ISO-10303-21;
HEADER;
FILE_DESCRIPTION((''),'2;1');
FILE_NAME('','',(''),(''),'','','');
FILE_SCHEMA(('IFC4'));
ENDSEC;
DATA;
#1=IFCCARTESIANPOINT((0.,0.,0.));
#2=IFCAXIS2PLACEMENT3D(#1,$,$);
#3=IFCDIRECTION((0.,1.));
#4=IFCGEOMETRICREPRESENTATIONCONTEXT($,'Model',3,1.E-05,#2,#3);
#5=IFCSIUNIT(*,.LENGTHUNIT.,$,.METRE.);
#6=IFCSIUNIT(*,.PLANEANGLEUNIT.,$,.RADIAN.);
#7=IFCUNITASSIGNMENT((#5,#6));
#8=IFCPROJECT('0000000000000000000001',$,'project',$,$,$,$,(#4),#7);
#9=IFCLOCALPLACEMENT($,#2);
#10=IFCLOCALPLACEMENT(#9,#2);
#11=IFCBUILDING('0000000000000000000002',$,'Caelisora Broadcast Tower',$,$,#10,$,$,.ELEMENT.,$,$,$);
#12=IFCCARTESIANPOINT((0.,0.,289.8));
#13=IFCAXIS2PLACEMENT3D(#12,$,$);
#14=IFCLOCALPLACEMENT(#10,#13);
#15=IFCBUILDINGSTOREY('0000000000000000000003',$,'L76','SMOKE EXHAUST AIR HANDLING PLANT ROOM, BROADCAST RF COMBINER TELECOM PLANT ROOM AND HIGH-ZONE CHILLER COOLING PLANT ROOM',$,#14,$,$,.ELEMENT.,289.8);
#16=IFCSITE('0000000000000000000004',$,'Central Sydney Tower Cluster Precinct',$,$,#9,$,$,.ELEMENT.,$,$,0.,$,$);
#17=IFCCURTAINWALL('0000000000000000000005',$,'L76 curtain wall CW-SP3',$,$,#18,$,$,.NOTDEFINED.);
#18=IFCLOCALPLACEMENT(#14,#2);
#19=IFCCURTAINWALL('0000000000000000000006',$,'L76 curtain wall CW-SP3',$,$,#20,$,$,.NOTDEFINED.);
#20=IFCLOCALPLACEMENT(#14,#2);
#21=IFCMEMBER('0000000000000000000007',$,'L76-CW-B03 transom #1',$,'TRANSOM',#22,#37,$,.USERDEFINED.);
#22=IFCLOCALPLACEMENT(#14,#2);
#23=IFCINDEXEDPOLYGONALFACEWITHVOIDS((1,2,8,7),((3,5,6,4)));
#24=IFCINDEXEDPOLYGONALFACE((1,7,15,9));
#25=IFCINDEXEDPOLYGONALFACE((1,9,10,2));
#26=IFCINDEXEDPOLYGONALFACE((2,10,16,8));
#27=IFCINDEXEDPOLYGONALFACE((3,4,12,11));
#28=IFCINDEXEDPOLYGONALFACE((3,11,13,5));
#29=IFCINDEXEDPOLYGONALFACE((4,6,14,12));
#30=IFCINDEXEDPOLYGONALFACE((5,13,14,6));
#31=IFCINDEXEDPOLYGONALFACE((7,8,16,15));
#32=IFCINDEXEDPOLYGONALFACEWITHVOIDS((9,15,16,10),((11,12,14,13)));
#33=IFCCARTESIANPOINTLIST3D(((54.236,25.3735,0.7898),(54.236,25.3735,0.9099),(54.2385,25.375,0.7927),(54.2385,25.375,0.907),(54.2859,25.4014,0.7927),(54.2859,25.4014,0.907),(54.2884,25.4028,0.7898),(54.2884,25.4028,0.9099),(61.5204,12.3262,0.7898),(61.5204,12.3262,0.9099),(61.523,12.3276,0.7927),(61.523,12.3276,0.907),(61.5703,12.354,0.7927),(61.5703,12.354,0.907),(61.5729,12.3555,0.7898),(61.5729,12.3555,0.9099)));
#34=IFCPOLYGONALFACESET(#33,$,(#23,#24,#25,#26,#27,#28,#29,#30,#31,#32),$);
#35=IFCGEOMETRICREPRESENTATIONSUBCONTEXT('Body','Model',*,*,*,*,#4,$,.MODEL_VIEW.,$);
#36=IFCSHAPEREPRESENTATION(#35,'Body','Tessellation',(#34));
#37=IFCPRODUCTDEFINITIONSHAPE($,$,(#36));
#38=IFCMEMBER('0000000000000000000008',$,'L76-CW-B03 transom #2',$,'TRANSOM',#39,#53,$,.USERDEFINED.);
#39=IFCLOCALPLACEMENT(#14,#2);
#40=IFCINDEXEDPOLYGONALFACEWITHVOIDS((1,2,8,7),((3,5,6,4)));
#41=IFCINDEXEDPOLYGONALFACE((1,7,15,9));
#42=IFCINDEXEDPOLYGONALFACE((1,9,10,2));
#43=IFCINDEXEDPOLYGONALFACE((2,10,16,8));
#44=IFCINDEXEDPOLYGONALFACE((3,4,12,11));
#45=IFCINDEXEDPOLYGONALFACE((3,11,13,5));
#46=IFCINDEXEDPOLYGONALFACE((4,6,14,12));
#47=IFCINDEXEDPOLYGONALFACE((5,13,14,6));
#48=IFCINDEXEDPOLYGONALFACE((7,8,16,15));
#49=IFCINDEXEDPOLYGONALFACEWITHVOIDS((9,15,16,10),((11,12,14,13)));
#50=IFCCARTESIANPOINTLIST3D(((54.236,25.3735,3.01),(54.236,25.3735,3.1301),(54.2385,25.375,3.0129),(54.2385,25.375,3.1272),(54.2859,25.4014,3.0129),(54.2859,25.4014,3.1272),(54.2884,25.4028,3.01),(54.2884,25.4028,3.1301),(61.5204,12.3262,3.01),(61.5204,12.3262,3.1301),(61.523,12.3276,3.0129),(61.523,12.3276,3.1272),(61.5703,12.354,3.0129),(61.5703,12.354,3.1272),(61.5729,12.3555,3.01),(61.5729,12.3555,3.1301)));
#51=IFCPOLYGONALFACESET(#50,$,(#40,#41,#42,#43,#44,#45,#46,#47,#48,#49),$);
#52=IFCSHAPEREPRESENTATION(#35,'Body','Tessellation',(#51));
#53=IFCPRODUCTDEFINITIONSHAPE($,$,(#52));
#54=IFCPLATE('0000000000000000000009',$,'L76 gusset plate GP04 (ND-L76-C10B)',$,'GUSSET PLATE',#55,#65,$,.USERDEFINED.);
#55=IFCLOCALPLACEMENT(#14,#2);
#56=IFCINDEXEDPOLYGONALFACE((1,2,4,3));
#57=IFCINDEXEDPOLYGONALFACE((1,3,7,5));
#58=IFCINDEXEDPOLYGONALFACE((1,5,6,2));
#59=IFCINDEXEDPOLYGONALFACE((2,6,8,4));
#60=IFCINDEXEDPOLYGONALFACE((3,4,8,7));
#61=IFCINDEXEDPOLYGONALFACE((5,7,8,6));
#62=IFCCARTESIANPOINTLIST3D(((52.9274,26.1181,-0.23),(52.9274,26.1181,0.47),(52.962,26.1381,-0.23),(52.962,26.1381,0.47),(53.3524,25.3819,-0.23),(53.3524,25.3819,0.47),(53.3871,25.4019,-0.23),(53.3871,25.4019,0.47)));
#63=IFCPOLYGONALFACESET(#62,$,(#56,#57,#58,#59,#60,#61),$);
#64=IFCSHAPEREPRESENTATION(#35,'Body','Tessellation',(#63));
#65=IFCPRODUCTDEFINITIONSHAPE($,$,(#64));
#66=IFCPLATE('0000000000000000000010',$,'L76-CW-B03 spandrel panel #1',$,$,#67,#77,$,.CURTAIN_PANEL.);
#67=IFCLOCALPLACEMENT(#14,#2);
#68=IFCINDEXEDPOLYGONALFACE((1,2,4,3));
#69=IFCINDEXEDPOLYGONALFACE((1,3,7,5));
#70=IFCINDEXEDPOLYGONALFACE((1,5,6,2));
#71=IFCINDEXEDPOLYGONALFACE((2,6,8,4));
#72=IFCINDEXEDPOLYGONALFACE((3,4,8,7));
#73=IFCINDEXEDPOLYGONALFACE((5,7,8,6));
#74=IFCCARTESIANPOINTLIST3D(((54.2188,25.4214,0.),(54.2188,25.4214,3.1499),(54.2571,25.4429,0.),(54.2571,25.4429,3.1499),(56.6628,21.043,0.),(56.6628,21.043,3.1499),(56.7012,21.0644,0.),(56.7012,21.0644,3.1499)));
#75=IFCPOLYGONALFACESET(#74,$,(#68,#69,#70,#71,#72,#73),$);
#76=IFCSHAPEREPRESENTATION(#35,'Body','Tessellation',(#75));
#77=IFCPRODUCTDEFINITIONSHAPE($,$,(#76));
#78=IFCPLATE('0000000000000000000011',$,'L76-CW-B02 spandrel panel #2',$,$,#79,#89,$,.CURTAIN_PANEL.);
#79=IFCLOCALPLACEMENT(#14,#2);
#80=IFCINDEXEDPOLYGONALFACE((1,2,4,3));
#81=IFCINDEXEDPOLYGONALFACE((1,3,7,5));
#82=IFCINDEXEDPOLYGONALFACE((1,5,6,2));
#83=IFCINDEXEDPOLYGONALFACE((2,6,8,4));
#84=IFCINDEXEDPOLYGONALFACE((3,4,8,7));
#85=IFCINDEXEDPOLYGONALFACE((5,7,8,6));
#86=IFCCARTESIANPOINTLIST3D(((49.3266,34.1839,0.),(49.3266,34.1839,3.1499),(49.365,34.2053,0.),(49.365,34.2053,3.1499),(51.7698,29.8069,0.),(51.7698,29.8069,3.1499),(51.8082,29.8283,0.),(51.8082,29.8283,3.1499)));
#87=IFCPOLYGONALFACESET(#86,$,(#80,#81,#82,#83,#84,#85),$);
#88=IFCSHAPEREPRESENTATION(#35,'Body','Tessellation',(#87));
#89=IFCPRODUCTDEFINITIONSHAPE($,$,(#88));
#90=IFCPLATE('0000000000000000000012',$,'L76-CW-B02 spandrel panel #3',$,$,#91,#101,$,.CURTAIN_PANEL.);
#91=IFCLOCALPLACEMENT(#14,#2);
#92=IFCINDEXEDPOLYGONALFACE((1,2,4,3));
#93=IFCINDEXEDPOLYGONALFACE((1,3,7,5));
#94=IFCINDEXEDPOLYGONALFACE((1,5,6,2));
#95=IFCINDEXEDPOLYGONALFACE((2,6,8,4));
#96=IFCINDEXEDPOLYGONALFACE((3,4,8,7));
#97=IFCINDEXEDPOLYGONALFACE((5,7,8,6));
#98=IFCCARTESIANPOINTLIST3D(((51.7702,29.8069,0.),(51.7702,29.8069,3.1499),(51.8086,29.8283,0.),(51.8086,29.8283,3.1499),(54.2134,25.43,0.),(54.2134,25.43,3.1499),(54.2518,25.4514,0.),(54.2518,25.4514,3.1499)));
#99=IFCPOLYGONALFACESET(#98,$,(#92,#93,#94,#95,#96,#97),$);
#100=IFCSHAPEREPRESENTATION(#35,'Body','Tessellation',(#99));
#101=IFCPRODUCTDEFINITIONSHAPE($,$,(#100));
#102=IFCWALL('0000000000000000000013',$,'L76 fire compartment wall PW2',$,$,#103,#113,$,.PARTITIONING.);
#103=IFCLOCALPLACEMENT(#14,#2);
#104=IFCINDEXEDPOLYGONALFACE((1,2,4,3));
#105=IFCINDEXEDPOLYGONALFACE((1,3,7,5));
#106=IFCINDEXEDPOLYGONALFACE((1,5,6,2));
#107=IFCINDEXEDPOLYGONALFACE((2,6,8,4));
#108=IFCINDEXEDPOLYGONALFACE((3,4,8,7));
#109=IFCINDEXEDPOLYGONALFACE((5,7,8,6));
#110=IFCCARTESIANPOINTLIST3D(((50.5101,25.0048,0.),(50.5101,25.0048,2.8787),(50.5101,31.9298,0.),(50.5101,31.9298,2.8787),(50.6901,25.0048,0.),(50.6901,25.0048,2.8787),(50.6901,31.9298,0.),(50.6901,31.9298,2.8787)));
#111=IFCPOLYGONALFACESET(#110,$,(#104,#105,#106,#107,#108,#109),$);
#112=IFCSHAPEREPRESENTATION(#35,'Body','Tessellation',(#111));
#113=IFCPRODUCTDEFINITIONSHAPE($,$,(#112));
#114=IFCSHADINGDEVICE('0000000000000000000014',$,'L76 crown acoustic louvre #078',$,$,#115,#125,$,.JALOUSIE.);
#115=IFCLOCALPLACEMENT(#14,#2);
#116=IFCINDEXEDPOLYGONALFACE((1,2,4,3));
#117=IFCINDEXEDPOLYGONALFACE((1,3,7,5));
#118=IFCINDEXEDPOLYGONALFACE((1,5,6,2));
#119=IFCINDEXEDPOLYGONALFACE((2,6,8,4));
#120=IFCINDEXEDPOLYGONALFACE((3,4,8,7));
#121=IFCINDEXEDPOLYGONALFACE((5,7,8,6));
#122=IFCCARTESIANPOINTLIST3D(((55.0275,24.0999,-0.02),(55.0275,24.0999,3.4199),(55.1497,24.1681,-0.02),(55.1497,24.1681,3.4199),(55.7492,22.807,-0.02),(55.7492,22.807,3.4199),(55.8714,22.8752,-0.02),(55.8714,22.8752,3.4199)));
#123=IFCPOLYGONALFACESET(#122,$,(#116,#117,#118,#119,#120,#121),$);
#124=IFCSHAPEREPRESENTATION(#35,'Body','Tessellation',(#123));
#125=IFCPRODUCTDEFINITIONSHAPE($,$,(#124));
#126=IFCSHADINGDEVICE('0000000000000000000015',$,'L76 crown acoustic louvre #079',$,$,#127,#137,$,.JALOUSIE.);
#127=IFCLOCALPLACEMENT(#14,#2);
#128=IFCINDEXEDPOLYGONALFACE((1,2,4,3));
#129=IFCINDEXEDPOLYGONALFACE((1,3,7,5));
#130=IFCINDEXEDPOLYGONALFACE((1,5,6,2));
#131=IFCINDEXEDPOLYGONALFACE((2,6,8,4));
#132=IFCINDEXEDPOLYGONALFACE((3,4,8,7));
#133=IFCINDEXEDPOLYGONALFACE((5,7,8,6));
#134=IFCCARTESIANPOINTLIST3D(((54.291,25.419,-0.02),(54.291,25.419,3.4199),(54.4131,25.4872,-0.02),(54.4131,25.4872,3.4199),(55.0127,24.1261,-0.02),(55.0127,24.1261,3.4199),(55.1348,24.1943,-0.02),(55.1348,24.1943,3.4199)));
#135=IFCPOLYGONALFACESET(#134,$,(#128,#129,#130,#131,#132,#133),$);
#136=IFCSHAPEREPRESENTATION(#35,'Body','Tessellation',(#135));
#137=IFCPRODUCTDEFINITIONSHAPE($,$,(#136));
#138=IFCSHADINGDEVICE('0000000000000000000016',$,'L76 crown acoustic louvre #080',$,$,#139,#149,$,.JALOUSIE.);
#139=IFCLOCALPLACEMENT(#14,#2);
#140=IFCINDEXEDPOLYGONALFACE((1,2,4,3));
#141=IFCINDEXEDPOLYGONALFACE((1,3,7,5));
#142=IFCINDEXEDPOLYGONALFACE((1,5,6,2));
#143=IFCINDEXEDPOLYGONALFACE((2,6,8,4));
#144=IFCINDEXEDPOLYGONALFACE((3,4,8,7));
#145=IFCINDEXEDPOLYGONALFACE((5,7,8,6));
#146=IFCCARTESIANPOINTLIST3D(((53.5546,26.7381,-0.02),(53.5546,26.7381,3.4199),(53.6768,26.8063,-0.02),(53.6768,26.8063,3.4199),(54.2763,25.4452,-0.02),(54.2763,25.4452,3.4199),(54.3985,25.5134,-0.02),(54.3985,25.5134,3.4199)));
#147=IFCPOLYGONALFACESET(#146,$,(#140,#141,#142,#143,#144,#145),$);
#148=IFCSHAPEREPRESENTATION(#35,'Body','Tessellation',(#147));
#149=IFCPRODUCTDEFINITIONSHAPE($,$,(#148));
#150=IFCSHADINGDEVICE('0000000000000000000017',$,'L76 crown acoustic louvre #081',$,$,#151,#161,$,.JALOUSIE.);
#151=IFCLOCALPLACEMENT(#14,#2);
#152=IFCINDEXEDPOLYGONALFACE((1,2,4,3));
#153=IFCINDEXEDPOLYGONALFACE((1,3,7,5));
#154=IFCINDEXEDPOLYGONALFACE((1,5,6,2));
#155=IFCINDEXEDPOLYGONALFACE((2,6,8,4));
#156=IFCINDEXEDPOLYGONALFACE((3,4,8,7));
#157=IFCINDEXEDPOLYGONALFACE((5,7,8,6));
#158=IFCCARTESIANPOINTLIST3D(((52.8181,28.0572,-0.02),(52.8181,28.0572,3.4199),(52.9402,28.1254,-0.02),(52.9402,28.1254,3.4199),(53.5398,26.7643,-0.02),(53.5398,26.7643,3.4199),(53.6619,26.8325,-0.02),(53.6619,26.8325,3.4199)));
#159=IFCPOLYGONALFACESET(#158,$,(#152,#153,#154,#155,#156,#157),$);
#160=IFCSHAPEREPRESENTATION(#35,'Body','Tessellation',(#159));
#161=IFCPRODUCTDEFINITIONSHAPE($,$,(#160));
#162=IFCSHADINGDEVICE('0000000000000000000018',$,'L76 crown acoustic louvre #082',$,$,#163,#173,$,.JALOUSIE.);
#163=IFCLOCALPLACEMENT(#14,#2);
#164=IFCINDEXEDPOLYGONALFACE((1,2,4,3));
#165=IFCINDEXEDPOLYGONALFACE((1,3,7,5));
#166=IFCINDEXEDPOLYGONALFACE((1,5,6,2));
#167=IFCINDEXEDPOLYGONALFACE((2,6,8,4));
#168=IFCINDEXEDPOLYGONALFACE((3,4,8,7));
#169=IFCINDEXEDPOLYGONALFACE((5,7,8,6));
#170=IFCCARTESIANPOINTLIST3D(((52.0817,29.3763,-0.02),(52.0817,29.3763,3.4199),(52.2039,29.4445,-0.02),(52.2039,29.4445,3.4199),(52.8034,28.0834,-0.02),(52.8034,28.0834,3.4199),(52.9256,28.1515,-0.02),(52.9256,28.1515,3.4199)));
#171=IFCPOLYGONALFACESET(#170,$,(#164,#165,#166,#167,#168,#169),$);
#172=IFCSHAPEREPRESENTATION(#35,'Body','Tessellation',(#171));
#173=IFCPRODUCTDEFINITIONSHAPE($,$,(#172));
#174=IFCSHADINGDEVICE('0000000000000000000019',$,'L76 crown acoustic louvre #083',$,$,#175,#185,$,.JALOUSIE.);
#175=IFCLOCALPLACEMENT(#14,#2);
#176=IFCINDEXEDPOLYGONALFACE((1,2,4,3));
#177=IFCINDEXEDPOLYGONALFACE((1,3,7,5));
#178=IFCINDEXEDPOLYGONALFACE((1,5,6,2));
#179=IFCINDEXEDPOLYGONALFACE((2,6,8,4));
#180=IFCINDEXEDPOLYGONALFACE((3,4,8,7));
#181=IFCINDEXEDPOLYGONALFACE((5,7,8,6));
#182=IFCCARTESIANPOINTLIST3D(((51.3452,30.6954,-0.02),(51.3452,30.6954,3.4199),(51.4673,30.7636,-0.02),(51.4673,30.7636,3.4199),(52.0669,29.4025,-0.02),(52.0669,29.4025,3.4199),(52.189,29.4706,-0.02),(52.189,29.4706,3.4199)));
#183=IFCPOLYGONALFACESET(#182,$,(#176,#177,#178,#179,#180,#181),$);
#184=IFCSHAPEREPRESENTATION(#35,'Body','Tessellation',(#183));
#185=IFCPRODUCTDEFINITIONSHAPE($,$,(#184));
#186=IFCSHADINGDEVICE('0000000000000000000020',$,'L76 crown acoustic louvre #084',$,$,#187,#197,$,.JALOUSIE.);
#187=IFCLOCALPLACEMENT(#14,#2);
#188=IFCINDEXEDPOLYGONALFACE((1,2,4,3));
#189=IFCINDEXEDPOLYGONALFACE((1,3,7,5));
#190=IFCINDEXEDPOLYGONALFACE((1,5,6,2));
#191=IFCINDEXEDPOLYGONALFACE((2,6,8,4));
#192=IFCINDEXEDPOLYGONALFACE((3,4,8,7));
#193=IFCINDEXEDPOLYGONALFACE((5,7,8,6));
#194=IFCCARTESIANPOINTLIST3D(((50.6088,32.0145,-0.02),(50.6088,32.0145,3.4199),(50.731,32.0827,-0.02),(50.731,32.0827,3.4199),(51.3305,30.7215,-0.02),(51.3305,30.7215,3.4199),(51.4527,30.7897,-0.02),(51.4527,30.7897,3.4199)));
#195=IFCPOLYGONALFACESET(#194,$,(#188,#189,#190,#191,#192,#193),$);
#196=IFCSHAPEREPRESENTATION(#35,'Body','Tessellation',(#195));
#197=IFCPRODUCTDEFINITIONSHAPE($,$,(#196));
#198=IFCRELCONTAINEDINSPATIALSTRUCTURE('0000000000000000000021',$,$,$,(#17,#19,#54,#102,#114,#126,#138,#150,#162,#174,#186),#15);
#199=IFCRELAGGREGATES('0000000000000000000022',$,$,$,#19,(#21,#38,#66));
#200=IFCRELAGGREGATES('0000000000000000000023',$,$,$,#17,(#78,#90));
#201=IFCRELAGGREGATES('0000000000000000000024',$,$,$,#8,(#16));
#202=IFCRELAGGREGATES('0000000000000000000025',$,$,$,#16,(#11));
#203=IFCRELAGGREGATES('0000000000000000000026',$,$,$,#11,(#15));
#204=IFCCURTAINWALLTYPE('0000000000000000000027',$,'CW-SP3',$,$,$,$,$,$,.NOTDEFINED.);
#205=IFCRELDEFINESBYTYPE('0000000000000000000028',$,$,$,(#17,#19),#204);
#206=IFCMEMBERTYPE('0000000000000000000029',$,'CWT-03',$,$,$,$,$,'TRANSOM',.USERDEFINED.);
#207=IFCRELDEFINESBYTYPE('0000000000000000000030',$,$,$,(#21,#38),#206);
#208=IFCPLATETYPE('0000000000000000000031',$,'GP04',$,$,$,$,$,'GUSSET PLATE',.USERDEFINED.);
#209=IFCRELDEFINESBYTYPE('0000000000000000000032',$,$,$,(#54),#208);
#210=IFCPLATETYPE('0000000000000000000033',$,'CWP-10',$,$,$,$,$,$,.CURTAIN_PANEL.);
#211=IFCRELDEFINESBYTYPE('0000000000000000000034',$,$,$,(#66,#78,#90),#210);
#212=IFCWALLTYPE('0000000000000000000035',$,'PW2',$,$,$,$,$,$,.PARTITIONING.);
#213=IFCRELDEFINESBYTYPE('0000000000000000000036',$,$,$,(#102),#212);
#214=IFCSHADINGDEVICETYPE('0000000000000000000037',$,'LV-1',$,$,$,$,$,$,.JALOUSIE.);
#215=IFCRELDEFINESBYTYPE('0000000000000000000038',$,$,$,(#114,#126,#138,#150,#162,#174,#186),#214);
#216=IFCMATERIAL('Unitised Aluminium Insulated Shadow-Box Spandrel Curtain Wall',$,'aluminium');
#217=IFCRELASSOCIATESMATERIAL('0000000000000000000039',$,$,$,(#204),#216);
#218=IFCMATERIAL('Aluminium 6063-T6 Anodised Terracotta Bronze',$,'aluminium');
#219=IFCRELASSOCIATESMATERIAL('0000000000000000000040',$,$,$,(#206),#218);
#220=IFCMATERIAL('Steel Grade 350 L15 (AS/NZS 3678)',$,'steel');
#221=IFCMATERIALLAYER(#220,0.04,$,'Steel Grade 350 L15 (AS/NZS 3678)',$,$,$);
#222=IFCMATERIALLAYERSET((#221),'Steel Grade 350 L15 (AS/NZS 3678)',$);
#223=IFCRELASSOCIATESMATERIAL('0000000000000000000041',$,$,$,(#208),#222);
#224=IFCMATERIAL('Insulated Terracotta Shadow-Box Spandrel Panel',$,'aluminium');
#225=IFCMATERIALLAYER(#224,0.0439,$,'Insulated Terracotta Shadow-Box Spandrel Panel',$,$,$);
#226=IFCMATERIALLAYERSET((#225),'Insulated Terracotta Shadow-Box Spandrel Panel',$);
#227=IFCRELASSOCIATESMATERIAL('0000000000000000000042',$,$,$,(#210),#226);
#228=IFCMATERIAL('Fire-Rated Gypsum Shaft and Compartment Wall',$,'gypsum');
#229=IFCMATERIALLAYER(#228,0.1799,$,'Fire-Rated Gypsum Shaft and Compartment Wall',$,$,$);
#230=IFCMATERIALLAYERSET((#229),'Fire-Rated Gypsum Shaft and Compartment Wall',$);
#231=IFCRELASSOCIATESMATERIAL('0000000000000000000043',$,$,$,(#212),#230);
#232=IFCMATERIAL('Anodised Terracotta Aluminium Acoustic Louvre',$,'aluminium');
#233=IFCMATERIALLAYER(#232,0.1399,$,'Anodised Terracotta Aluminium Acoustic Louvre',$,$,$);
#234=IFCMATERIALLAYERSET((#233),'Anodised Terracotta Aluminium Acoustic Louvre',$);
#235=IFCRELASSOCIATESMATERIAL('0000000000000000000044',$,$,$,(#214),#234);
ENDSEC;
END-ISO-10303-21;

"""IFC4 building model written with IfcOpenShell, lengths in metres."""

from ifc_helpers import new_model, si_unit, direction, frame, frame_2d, origin, origin_2d, place, context, subcontext, project, spatial, rectangle, hollow_rectangle, extrude, source, transform, mapped, material, layer, layer_set, material_profile, profile_set, type_object, type_shapes, element, aggregate, save


model = new_model("IFC4")

# Units and contexts
model_context = context("Model", 3, precision=1e-05, world=origin(), true_north=direction((0.0, 1.0)))
body_context = subcontext(model_context, "Body", "Model", "MODEL_VIEW")
ifc_project = project(units=[si_unit("LENGTHUNIT", "METRE"), si_unit("PLANEANGLEUNIT", "RADIAN")], contexts=[model_context])

# Site, building, storey
site_placement = place(None, origin())
site = spatial("IfcSite", under=ifc_project, at=site_placement, Name="Central Sydney Tower Cluster Precinct", CompositionType="ELEMENT", RefElevation=0.0)
building_placement = place(site_placement, origin())
building = spatial("IfcBuilding", under=site, at=building_placement, Name="Caelisora Broadcast Tower", CompositionType="ELEMENT")
storey_placement = place(building_placement, frame((0.0, 0.0, 289.8)))
storey = spatial("IfcBuildingStorey", under=building, at=storey_placement, Name="L76", Description="SMOKE EXHAUST AIR HANDLING PLANT ROOM, BROADCAST RF COMBINER TELECOM PLANT ROOM AND HIGH-ZONE CHILLER COOLING PLANT ROOM", CompositionType="ELEMENT", Elevation=289.8)

# Curtain walls, members
ifc_material_1 = material(Name="Unitised Aluminium Insulated Shadow-Box Spandrel Curtain Wall", Category="aluminium")
curtain_wall_type = type_object("IfcCurtainWallType", Name="CW-SP3", PredefinedType="NOTDEFINED", material=ifc_material_1)
curtain_wall_1_placement = place(storey_placement, origin())
curtain_wall_1 = element("IfcCurtainWall", 1, at=curtain_wall_1_placement, inside=storey, type_object=curtain_wall_type, Name="L76 curtain wall CW-SP3", PredefinedType="NOTDEFINED")
ifc_material_2 = material(Name="Aluminium 6063-T6 Anodised Terracotta Bronze", Category="aluminium")
curtain_wall_2_placement = place(storey_placement, origin())
curtain_wall_2 = element("IfcCurtainWall", 2, at=curtain_wall_2_placement, inside=storey, type_object=curtain_wall_type, Name="L76 curtain wall CW-SP3", PredefinedType="NOTDEFINED")
ifc_material_profile_1 = material_profile(ifc_material_2, hollow_rectangle(XDim=0.0601, YDim=0.1201, WallThickness=0.0029, at=origin_2d()), Name="Aluminium 6063-T6 Anodised Terracotta Bronze")
ifc_profile_set_1 = profile_set([ifc_material_profile_1], Name="Aluminium 6063-T6 Anodised Terracotta Bronze")
member_type_1 = type_object("IfcMemberType", Name="CWT-03", ElementType="TRANSOM", PredefinedType="USERDEFINED", material=ifc_profile_set_1)
shared_shape_1 = source(origin(), body_context, "Body", "SweptSolid", [
    extrude(hollow_rectangle(XDim=0.0601, YDim=0.1201, WallThickness=0.0029, at=origin_2d()), origin(), (0.0, 0.0, 1.0), 14.9431),
])
type_shapes(member_type_1, [shared_shape_1])
member_1_placement = place(storey_placement, frame((54.2622, 25.3882, 0.8499), z_axis=(0.487477, -0.873136, 0.0), x_axis=(0.873136, 0.487477, 0.0)))
member_1 = element("IfcMember", 3, at=member_1_placement, type_object=member_type_1, Name="L76-CW-B03 transom #1", ObjectType="TRANSOM", PredefinedType="USERDEFINED", context=body_context, shape_type="MappedRepresentation", body=[
    mapped(shared_shape_1, transform((0.0, 0.0, 0.0), scale=1.0)),
])
member_2_placement = place(storey_placement, frame((54.2622, 25.3882, 3.0701), z_axis=(0.487477, -0.873136, 0.0), x_axis=(0.873136, 0.487477, 0.0)))
member_2 = element("IfcMember", 4, at=member_2_placement, type_object=member_type_1, Name="L76-CW-B03 transom #2", ObjectType="TRANSOM", PredefinedType="USERDEFINED", context=body_context, shape_type="MappedRepresentation", body=[
    mapped(shared_shape_1, transform((0.0, 0.0, 0.0), scale=1.0)),
])

# Plates
ifc_material_3 = material(Name="Steel Grade 350 L15 (AS/NZS 3678)", Category="steel")
ifc_layer_1 = layer(ifc_material_3, 0.04, Name="Steel Grade 350 L15 (AS/NZS 3678)")
ifc_layer_set_1 = layer_set([ifc_layer_1], Name="Steel Grade 350 L15 (AS/NZS 3678)")
plate_type_1 = type_object("IfcPlateType", Name="GP04", ElementType="GUSSET PLATE", PredefinedType="USERDEFINED", material=ifc_layer_set_1)
shared_shape_2 = source(origin(), body_context, "Body", "SweptSolid", [
    extrude(rectangle(XDim=0.8501, YDim=0.04, at=origin_2d()), origin(), (0.0, 0.0, 1.0), 0.7),
])
type_shapes(plate_type_1, [shared_shape_2])
plate_1_placement = place(storey_placement, frame((53.1572, 25.76, -0.23), z_axis=(0.0, 0.0, 1.0), x_axis=(-0.5, 0.866025, 0.0)))
element("IfcPlate", 5, at=plate_1_placement, inside=storey, type_object=plate_type_1, Name="L76 gusset plate GP04 (ND-L76-C10B)", ObjectType="GUSSET PLATE", PredefinedType="USERDEFINED", context=body_context, shape_type="MappedRepresentation", body=[
    mapped(shared_shape_2, transform((0.0, 0.0, 0.0), scale=1.0)),
])
ifc_material_4 = material(Name="Insulated Terracotta Shadow-Box Spandrel Panel", Category="aluminium")
ifc_layer_2 = layer(ifc_material_4, 0.0439, Name="Insulated Terracotta Shadow-Box Spandrel Panel")
ifc_layer_set_2 = layer_set([ifc_layer_2], Name="Insulated Terracotta Shadow-Box Spandrel Panel")
plate_type_2 = type_object("IfcPlateType", Name="CWP-10", PredefinedType="CURTAIN_PANEL", material=ifc_layer_set_2)
shared_shape_3 = source(origin(), body_context, "Body", "SweptSolid", [
    extrude(rectangle(XDim=5.0144, YDim=0.0439, at=origin_2d()), origin(), (0.0, 0.0, 1.0), 3.1499),
])
plate_2_placement = place(storey_placement, frame((55.46, 23.2429, 0.0), z_axis=(0.0, 0.0, 1.0), x_axis=(0.487403, -0.873177, 0.0)))
plate_2 = element("IfcPlate", 6, at=plate_2_placement, type_object=plate_type_2, Name="L76-CW-B03 spandrel panel #1", PredefinedType="CURTAIN_PANEL", context=body_context, shape_type="MappedRepresentation", body=[
    mapped(shared_shape_3, transform((0.0, 0.0, 0.0), scale=1.0)),
])
aggregate(curtain_wall_2, [member_1, member_2, plate_2])
shared_shape_4 = source(origin(), body_context, "Body", "SweptSolid", [
    extrude(rectangle(XDim=5.0127, YDim=0.0439, at=origin_2d()), origin(), (0.0, 0.0, 1.0), 3.1499),
])
type_shapes(plate_type_2, [shared_shape_3, shared_shape_4])
plate_3_placement = place(storey_placement, frame((50.5674, 32.0061, 0.0), z_axis=(0.0, 0.0, 1.0), x_axis=(0.487403, -0.873177, 0.0)))
plate_3 = element("IfcPlate", 7, at=plate_3_placement, type_object=plate_type_2, Name="L76-CW-B02 spandrel panel #2", PredefinedType="CURTAIN_PANEL", context=body_context, shape_type="MappedRepresentation", body=[
    mapped(shared_shape_4, transform((0.0, 0.0, 0.0), scale=1.0)),
])
plate_4_placement = place(storey_placement, frame((53.011, 27.6292, 0.0), z_axis=(0.0, 0.0, 1.0), x_axis=(0.487403, -0.873177, 0.0)))
plate_4 = element("IfcPlate", 8, at=plate_4_placement, type_object=plate_type_2, Name="L76-CW-B02 spandrel panel #3", PredefinedType="CURTAIN_PANEL", context=body_context, shape_type="MappedRepresentation", body=[
    mapped(shared_shape_4, transform((0.0, 0.0, 0.0), scale=1.0)),
])
aggregate(curtain_wall_1, [plate_3, plate_4])

# Wall
ifc_material_5 = material(Name="Fire-Rated Gypsum Shaft and Compartment Wall", Category="gypsum")
ifc_layer_3 = layer(ifc_material_5, 0.1799, Name="Fire-Rated Gypsum Shaft and Compartment Wall")
ifc_layer_set_3 = layer_set([ifc_layer_3], Name="Fire-Rated Gypsum Shaft and Compartment Wall")
wall_type = type_object("IfcWallType", Name="PW2", PredefinedType="PARTITIONING", material=ifc_layer_set_3)
wall_1_placement = place(storey_placement, frame((50.6001, 25.0049, 0.0), z_axis=(0.0, 0.0, 1.0), x_axis=(0.0, 1.0, 0.0)))
element("IfcWall", 9, at=wall_1_placement, inside=storey, type_object=wall_type, Name="L76 fire compartment wall PW2", PredefinedType="PARTITIONING", context=body_context, shape_type="SweptSolid", body=[
    extrude(rectangle(XDim=6.925, YDim=0.1799, at=frame_2d((3.4624, 0.0))), origin(), (0.0, 0.0, 1.0), 2.8787),
])

# Shading devices
ifc_material_6 = material(Name="Anodised Terracotta Aluminium Acoustic Louvre", Category="aluminium")
ifc_layer_4 = layer(ifc_material_6, 0.1399, Name="Anodised Terracotta Aluminium Acoustic Louvre")
ifc_layer_set_4 = layer_set([ifc_layer_4], Name="Anodised Terracotta Aluminium Acoustic Louvre")
shading_device_type = type_object("IfcShadingDeviceType", Name="LV-1", PredefinedType="JALOUSIE", material=ifc_layer_set_4)
shared_shape_5 = source(origin(), body_context, "Body", "SweptSolid", [
    extrude(rectangle(XDim=1.4807, YDim=0.1399, at=origin_2d()), origin(), (0.0, 0.0, 1.0), 3.4399),
])
type_shapes(shading_device_type, [shared_shape_5])
for number, where, z_axis, x_axis, name in (
    (10, (55.4495, 23.4875, -0.02), (0.0, 0.0, 1.0), (-0.487403, 0.873177, 0.0), "L76 crown acoustic louvre #078"),
    (11, (54.7129, 24.8066, -0.02), (0.0, 0.0, 1.0), (-0.487403, 0.873177, 0.0), "L76 crown acoustic louvre #079"),
    (12, (53.9766, 26.1257, -0.02), (0.0, 0.0, 1.0), (-0.487403, 0.873177, 0.0), "L76 crown acoustic louvre #080"),
    (13, (53.24, 27.4448, -0.02), (0.0, 0.0, 1.0), (-0.487403, 0.873177, 0.0), "L76 crown acoustic louvre #081"),
    (14, (52.5037, 28.7639, -0.02), (0.0, 0.0, 1.0), (-0.487403, 0.873177, 0.0), "L76 crown acoustic louvre #082"),
    (15, (51.7671, 30.083, -0.02), (0.0, 0.0, 1.0), (-0.487403, 0.873177, 0.0), "L76 crown acoustic louvre #083"),
    (16, (51.0308, 31.4021, -0.02), (0.0, 0.0, 1.0), (-0.487403, 0.873177, 0.0), "L76 crown acoustic louvre #084"),
):
    element("IfcShadingDevice", number, at=place(storey_placement, frame(where, z_axis=z_axis, x_axis=x_axis)), inside=storey, type_object=shading_device_type, Name=name, PredefinedType="JALOUSIE", context=body_context, shape_type="MappedRepresentation", body=[
        mapped(shared_shape_5, transform((0.0, 0.0, 0.0), scale=1.0)),
    ])

save(model, "model.ifc")
